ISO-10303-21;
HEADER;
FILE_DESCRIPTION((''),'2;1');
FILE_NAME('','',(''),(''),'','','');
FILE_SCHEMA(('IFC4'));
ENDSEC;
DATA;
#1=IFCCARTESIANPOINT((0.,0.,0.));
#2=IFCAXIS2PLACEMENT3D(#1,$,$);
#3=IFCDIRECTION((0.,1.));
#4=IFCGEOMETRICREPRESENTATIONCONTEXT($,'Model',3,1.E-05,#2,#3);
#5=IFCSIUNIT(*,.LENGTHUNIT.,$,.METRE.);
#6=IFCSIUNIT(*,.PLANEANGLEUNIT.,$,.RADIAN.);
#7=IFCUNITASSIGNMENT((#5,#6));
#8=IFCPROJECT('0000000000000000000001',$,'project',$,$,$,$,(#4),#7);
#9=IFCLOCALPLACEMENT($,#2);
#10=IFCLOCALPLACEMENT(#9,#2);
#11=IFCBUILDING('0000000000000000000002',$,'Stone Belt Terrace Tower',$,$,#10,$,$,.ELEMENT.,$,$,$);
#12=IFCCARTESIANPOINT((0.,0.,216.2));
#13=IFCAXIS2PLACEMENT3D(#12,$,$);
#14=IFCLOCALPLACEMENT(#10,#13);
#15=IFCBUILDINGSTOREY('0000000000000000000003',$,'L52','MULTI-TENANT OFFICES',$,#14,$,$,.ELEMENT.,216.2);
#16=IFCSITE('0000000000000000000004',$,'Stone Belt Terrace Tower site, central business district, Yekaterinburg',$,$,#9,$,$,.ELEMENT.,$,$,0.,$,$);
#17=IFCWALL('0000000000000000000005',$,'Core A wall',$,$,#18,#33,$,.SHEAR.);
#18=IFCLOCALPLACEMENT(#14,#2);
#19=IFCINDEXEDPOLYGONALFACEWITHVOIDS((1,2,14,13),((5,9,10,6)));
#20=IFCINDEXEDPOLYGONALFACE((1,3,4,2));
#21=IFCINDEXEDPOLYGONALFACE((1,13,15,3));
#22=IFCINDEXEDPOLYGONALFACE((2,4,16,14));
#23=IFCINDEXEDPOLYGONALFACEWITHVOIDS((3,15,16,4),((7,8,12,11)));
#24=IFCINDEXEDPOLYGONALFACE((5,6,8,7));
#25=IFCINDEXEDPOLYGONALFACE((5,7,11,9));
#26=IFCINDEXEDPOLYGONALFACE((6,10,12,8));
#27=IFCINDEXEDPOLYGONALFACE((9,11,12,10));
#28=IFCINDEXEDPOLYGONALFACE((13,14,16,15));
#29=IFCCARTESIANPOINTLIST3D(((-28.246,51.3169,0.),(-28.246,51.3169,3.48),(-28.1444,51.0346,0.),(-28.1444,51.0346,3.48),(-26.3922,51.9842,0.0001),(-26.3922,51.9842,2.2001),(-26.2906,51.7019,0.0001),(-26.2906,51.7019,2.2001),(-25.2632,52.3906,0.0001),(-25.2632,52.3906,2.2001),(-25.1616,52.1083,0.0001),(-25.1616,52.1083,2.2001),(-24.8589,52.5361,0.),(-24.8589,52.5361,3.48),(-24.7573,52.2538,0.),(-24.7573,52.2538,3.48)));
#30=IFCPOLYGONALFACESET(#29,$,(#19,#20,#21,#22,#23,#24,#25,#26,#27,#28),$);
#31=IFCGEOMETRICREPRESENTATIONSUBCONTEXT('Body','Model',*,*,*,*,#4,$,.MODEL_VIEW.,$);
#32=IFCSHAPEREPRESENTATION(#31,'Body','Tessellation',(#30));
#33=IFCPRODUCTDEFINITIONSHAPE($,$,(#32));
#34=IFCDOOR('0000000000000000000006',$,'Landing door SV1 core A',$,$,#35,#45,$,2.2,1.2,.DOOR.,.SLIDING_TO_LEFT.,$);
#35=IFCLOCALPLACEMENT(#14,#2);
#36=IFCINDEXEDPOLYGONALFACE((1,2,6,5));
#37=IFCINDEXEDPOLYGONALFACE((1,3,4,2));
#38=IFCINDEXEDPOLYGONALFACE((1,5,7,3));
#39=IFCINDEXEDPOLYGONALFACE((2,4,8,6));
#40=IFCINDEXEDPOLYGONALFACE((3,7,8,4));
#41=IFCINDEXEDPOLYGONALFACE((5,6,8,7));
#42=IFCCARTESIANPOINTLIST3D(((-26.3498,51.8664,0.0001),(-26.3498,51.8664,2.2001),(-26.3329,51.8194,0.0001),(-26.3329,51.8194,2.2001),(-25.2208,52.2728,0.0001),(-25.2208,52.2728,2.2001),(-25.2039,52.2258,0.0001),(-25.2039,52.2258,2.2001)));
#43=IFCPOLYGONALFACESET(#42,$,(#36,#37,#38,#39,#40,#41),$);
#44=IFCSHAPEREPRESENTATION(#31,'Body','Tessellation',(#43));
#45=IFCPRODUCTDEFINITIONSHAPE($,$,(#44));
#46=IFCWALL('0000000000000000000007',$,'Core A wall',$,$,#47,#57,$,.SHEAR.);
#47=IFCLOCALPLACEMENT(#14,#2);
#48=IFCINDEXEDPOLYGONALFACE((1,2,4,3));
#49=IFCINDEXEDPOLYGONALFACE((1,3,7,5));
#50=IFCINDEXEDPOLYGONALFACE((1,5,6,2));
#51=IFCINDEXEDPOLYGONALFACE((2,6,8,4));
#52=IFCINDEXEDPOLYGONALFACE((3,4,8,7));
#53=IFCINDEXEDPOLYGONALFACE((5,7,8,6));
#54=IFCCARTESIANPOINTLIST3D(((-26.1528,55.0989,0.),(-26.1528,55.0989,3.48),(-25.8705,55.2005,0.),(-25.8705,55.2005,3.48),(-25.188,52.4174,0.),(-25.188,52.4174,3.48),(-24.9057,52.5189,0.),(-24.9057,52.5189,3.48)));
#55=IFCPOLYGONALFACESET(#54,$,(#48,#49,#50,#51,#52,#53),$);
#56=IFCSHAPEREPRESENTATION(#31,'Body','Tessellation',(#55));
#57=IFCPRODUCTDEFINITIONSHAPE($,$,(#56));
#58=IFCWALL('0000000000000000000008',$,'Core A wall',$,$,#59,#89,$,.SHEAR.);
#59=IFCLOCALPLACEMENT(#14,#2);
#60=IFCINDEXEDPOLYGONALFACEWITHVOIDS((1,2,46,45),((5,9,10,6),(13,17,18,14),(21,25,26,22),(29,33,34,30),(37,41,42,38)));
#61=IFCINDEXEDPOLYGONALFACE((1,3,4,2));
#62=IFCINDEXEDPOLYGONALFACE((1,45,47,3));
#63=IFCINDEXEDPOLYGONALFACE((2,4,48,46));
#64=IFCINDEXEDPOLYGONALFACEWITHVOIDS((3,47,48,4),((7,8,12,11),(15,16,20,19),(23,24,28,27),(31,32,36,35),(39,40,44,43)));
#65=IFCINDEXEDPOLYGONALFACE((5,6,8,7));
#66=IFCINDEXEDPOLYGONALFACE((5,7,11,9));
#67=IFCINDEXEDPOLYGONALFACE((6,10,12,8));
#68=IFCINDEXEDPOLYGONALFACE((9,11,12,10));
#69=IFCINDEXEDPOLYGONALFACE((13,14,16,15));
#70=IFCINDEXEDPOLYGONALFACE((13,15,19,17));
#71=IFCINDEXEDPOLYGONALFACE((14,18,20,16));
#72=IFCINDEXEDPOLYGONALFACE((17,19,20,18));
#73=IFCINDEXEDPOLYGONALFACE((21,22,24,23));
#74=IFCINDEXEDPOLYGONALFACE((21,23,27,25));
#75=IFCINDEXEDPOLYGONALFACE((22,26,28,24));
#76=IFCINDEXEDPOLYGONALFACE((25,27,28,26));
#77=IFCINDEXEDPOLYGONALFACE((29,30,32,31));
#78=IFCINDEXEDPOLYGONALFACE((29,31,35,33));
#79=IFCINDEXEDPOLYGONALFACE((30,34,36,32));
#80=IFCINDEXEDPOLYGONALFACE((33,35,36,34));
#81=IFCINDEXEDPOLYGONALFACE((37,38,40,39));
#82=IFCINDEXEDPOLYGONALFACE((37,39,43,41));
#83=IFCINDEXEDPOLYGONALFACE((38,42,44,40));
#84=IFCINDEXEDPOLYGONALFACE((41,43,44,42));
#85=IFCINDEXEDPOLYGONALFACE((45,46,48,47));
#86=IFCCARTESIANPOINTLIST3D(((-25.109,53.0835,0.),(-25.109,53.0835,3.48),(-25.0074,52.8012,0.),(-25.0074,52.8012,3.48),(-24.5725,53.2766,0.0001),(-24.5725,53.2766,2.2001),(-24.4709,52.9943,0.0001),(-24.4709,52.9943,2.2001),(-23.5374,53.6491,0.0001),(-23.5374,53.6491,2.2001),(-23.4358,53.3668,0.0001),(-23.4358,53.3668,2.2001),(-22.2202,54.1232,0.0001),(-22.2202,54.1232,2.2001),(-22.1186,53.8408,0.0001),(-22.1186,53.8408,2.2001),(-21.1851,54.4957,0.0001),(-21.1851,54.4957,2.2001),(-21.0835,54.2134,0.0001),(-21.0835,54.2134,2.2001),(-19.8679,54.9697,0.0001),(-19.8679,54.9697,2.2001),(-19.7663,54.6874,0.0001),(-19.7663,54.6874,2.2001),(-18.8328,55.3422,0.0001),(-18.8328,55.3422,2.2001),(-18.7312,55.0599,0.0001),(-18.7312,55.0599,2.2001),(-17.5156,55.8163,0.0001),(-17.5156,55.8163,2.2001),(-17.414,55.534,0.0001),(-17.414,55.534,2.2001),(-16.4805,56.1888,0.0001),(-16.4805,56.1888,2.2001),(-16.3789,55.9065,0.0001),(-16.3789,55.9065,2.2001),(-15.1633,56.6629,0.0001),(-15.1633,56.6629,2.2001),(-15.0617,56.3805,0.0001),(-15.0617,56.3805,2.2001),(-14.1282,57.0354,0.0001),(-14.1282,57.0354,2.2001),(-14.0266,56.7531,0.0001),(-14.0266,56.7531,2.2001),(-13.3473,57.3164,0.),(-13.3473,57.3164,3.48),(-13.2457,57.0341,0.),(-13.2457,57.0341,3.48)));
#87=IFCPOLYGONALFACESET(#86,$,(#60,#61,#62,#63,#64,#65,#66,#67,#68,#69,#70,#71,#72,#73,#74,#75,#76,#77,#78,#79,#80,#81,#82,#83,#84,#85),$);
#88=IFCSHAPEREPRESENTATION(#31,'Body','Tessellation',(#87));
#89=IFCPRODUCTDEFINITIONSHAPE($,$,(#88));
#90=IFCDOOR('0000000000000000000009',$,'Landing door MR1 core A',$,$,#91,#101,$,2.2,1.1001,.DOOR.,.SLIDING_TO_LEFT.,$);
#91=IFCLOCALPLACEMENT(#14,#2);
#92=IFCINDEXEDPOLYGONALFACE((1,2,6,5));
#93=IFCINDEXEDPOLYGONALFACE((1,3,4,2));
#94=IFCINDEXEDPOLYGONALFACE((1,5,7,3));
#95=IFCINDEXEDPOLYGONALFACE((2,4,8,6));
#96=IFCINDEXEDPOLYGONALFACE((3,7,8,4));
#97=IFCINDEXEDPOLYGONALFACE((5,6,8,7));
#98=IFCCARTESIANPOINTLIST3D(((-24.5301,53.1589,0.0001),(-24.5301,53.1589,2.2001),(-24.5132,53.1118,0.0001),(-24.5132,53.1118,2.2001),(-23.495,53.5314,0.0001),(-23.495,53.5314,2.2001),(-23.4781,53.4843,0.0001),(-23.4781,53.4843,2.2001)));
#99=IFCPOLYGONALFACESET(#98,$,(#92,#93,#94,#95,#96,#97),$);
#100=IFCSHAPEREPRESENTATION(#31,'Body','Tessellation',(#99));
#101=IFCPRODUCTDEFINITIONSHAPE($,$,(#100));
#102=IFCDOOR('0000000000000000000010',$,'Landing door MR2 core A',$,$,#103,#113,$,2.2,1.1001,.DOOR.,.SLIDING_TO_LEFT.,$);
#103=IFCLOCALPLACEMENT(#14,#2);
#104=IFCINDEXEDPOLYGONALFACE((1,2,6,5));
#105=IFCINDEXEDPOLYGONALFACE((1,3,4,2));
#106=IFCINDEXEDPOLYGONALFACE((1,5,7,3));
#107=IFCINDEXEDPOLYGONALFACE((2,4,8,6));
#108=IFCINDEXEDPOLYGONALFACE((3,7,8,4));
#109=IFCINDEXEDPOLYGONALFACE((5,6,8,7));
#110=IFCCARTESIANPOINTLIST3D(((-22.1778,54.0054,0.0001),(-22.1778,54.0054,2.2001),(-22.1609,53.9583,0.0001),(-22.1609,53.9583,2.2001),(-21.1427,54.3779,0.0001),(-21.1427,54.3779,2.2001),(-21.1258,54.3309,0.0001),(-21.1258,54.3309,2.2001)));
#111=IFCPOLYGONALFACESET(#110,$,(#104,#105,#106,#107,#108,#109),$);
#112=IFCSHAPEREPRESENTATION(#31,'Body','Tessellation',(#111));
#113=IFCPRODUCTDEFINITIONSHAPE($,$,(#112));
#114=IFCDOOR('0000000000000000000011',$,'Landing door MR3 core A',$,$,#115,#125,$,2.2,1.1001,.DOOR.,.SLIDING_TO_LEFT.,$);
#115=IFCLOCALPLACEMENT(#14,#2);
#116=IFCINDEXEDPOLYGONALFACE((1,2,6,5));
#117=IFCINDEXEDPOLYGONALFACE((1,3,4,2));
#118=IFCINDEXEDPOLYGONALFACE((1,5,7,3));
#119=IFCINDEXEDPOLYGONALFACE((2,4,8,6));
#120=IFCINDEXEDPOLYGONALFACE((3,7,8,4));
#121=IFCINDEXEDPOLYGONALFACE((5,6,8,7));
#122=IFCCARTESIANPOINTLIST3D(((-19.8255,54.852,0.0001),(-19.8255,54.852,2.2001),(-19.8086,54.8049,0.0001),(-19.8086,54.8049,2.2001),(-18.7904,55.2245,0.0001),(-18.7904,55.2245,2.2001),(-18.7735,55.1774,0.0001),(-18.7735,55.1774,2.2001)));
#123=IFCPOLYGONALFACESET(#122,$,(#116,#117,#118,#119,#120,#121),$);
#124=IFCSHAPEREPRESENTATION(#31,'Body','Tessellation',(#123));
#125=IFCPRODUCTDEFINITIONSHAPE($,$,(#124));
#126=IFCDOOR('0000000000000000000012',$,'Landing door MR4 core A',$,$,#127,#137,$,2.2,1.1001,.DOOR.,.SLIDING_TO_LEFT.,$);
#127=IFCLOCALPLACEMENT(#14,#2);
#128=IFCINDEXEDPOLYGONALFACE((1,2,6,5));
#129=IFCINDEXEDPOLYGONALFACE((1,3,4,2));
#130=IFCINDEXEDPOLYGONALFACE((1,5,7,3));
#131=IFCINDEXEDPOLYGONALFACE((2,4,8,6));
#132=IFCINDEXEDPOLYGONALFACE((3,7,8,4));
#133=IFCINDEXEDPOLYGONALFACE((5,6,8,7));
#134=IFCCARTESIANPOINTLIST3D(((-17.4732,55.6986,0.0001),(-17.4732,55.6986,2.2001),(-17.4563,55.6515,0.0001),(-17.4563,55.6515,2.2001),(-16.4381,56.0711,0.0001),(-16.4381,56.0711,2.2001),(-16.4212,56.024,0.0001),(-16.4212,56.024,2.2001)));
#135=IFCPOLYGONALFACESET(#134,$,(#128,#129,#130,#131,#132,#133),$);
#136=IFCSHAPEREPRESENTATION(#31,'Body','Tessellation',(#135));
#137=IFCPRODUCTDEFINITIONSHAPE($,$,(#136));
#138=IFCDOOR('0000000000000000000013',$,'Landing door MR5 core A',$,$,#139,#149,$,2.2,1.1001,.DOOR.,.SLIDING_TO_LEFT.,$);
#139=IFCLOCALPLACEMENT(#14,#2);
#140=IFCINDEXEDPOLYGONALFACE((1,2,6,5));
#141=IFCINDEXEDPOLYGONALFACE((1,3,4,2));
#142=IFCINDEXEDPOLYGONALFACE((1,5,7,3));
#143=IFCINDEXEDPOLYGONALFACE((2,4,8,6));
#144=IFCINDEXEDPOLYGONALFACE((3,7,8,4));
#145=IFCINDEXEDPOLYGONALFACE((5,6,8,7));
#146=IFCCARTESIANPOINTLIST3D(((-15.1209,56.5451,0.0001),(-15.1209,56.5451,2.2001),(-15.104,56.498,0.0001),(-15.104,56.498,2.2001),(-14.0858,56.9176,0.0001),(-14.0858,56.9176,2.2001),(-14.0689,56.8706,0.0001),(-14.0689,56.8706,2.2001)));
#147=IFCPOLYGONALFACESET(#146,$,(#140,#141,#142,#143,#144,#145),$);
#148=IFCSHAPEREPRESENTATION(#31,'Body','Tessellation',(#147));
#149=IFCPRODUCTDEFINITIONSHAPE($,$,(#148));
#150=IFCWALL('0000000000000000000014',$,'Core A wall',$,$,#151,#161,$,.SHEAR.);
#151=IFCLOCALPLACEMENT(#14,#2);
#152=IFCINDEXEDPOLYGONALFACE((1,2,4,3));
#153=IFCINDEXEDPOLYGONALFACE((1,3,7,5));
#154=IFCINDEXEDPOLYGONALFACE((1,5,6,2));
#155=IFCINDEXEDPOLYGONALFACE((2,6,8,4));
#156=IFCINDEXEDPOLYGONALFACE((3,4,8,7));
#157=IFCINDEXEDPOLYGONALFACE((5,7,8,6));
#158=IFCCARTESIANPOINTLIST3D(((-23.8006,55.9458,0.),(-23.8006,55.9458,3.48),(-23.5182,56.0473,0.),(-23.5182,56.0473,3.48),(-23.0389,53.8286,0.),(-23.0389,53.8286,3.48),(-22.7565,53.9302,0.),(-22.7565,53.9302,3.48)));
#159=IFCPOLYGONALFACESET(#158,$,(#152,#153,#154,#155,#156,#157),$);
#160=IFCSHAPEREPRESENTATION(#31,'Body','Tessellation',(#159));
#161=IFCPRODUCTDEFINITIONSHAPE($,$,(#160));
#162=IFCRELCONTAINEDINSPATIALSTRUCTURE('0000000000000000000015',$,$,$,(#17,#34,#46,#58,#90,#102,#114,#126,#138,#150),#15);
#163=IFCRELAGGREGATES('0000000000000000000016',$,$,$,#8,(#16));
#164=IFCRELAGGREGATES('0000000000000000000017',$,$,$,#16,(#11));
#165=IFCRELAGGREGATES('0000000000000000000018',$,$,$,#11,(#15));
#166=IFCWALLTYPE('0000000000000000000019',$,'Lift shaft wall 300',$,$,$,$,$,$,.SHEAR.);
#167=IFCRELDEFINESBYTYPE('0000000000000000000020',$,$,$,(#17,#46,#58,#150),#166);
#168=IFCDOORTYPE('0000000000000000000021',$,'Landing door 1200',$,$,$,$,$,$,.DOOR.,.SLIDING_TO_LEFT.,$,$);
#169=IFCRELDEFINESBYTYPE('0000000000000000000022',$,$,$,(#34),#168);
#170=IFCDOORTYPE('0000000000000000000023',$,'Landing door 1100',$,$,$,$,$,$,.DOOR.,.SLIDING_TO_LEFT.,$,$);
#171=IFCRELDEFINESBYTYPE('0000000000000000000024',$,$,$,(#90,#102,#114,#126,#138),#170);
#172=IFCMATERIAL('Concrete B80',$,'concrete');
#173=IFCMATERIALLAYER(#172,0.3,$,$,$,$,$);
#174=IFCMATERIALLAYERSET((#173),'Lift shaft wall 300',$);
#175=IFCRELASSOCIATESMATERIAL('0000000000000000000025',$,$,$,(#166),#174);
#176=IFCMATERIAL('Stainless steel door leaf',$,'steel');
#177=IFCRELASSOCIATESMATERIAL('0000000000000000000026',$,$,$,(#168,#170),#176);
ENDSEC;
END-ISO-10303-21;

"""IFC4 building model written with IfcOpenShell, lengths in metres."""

from ifc_helpers import new_model, si_unit, direction, frame, frame_2d, origin, place, context, subcontext, project, spatial, rectangle, extrude, material, layer, layer_set, type_object, element, fill, save


model = new_model("IFC4")

# Units and contexts
model_context = context("Model", 3, precision=1e-05, world=origin(), true_north=direction((0.0, 1.0)))
body_context = subcontext(model_context, "Body", "Model", "MODEL_VIEW")
ifc_project = project(units=[si_unit("LENGTHUNIT", "METRE"), si_unit("PLANEANGLEUNIT", "RADIAN")], contexts=[model_context])

# Site, building, storey
site_placement = place(None, origin())
site = spatial("IfcSite", under=ifc_project, at=site_placement, Name="Stone Belt Terrace Tower site, central business district, Yekaterinburg", CompositionType="ELEMENT", RefElevation=0.0)
building_placement = place(site_placement, origin())
building = spatial("IfcBuilding", under=site, at=building_placement, Name="Stone Belt Terrace Tower", CompositionType="ELEMENT")
storey_placement = place(building_placement, frame((0.0, 0.0, 216.2)))
storey = spatial("IfcBuildingStorey", under=building, at=storey_placement, Name="L52", Description="MULTI-TENANT OFFICES", CompositionType="ELEMENT", Elevation=216.2)

# Shared definitions
ifc_material_1 = material(Name="Concrete B80", Category="concrete")

# Wall, opening, door
ifc_layer_1 = layer(ifc_material_1, 0.3)
ifc_layer_set_1 = layer_set([ifc_layer_1], Name="Lift shaft wall 300")
wall_type_1 = type_object("IfcWallType", Name="Lift shaft wall 300", PredefinedType="SHEAR", material=ifc_layer_set_1)
wall_1_placement = place(storey_placement, frame((-28.1951, 51.1758, 0.0), z_axis=(0.0, 0.0, 1.0), x_axis=(0.940901, 0.338681, 0.0)))
wall_1 = element("IfcWall", 1, at=wall_1_placement, inside=storey, type_object=wall_type_1, Name="Core A wall", PredefinedType="SHEAR", context=body_context, shape_type="SweptSolid", body=[
    extrude(rectangle(XDim=3.5999, YDim=0.3, at=frame_2d((1.7998, 0.0))), origin(), (0.0, 0.0, 1.0), 3.48),
])
opening_1_placement = place(wall_1_placement, frame((1.97, 0.0, 0.0)))
opening_1 = element("IfcOpeningElement", 2, at=opening_1_placement, cuts=wall_1, PredefinedType="OPENING", context=body_context, shape_type="SweptSolid", body=[
    extrude(rectangle(XDim=1.2, YDim=2.2, at=frame_2d((0.6001, 1.1001))), frame((0.0, 0.1599, 0.0), z_axis=(0.0, -1.0, 0.0), x_axis=(1.0, 0.0, 0.0)), (0.0, 0.0, 1.0), 0.3201),
])
ifc_material_2 = material(Name="Stainless steel door leaf", Category="steel")
door_type_1 = type_object("IfcDoorType", Name="Landing door 1200", OperationType="SLIDING_TO_LEFT", PredefinedType="DOOR", material=ifc_material_2)
door_1_placement = place(opening_1_placement, origin())
door_1 = element("IfcDoor", 3, at=door_1_placement, inside=storey, type_object=door_type_1, Name="Landing door SV1 core A", OperationType="SLIDING_TO_LEFT", OverallHeight=2.2, OverallWidth=1.2, PredefinedType="DOOR", context=body_context, shape_type="SweptSolid", body=[
    extrude(rectangle(XDim=1.2, YDim=2.2, at=frame_2d((0.6001, 1.1001))), frame((0.0, 0.0249, 0.0), z_axis=(0.0, -1.0, 0.0), x_axis=(1.0, 0.0, 0.0)), (0.0, 0.0, 1.0), 0.05),
])
fill(opening_1, door_1)

# Wall
wall_2_placement = place(storey_placement, frame((-25.0469, 52.4683, 0.0), z_axis=(0.0, 0.0, 1.0), x_axis=(-0.33855, 0.940949, 0.0)))
element("IfcWall", 4, at=wall_2_placement, inside=storey, type_object=wall_type_1, Name="Core A wall", PredefinedType="SHEAR", context=body_context, shape_type="SweptSolid", body=[
    extrude(rectangle(XDim=2.8499, YDim=0.3, at=frame_2d((1.4248, 0.0))), origin(), (0.0, 0.0, 1.0), 3.48),
])

# Wall, openings, doors
wall_3_placement = place(storey_placement, frame((-25.0581, 52.9424, 0.0), z_axis=(0.0, 0.0, 1.0), x_axis=(0.940921, 0.338627, 0.0)))
wall_3 = element("IfcWall", 5, at=wall_3_placement, inside=storey, type_object=wall_type_1, Name="Core A wall", PredefinedType="SHEAR", context=body_context, shape_type="SweptSolid", body=[
    extrude(rectangle(XDim=12.5002, YDim=0.3, at=frame_2d((6.25, 0.0))), origin(), (0.0, 0.0, 1.0), 3.48),
])
opening_2_placement = place(wall_3_placement, frame((0.5701, 0.0, 0.0)))
opening_2 = element("IfcOpeningElement", 6, at=opening_2_placement, cuts=wall_3, PredefinedType="OPENING", context=body_context, shape_type="SweptSolid", body=[
    extrude(rectangle(XDim=1.1001, YDim=2.2, at=frame_2d((0.55, 1.1001))), frame((0.0, 0.1599, 0.0), z_axis=(0.0, -1.0, 0.0), x_axis=(1.0, 0.0, 0.0)), (0.0, 0.0, 1.0), 0.3201),
])
opening_3_placement = place(wall_3_placement, frame((3.0701, 0.0, 0.0)))
opening_3 = element("IfcOpeningElement", 7, at=opening_3_placement, cuts=wall_3, PredefinedType="OPENING", context=body_context, shape_type="SweptSolid", body=[
    extrude(rectangle(XDim=1.1001, YDim=2.2, at=frame_2d((0.55, 1.1001))), frame((0.0, 0.1599, 0.0), z_axis=(0.0, -1.0, 0.0), x_axis=(1.0, 0.0, 0.0)), (0.0, 0.0, 1.0), 0.3201),
])
opening_4_placement = place(wall_3_placement, frame((5.5701, 0.0, 0.0)))
opening_4 = element("IfcOpeningElement", 8, at=opening_4_placement, cuts=wall_3, PredefinedType="OPENING", context=body_context, shape_type="SweptSolid", body=[
    extrude(rectangle(XDim=1.1001, YDim=2.2, at=frame_2d((0.55, 1.1001))), frame((0.0, 0.1599, 0.0), z_axis=(0.0, -1.0, 0.0), x_axis=(1.0, 0.0, 0.0)), (0.0, 0.0, 1.0), 0.3201),
])
opening_5_placement = place(wall_3_placement, frame((8.0701, 0.0, 0.0)))
opening_5 = element("IfcOpeningElement", 9, at=opening_5_placement, cuts=wall_3, PredefinedType="OPENING", context=body_context, shape_type="SweptSolid", body=[
    extrude(rectangle(XDim=1.1001, YDim=2.2, at=frame_2d((0.55, 1.1001))), frame((0.0, 0.1599, 0.0), z_axis=(0.0, -1.0, 0.0), x_axis=(1.0, 0.0, 0.0)), (0.0, 0.0, 1.0), 0.3201),
])
opening_6_placement = place(wall_3_placement, frame((10.5701, 0.0, 0.0)))
opening_6 = element("IfcOpeningElement", 10, at=opening_6_placement, cuts=wall_3, PredefinedType="OPENING", context=body_context, shape_type="SweptSolid", body=[
    extrude(rectangle(XDim=1.1001, YDim=2.2, at=frame_2d((0.55, 1.1001))), frame((0.0, 0.1599, 0.0), z_axis=(0.0, -1.0, 0.0), x_axis=(1.0, 0.0, 0.0)), (0.0, 0.0, 1.0), 0.3201),
])
door_type_2 = type_object("IfcDoorType", Name="Landing door 1100", OperationType="SLIDING_TO_LEFT", PredefinedType="DOOR", material=ifc_material_2)
door_2_placement = place(opening_2_placement, origin())
door_2 = element("IfcDoor", 11, at=door_2_placement, inside=storey, type_object=door_type_2, Name="Landing door MR1 core A", OperationType="SLIDING_TO_LEFT", OverallHeight=2.2, OverallWidth=1.1001, PredefinedType="DOOR", context=body_context, shape_type="SweptSolid", body=[
    extrude(rectangle(XDim=1.1001, YDim=2.2, at=frame_2d((0.55, 1.1001))), frame((0.0, 0.0249, 0.0), z_axis=(0.0, -1.0, 0.0), x_axis=(1.0, 0.0, 0.0)), (0.0, 0.0, 1.0), 0.05),
])
fill(opening_2, door_2)
door_3_placement = place(opening_3_placement, origin())
door_3 = element("IfcDoor", 12, at=door_3_placement, inside=storey, type_object=door_type_2, Name="Landing door MR2 core A", OperationType="SLIDING_TO_LEFT", OverallHeight=2.2, OverallWidth=1.1001, PredefinedType="DOOR", context=body_context, shape_type="SweptSolid", body=[
    extrude(rectangle(XDim=1.1001, YDim=2.2, at=frame_2d((0.55, 1.1001))), frame((0.0, 0.0249, 0.0), z_axis=(0.0, -1.0, 0.0), x_axis=(1.0, 0.0, 0.0)), (0.0, 0.0, 1.0), 0.05),
])
fill(opening_3, door_3)
door_4_placement = place(opening_4_placement, origin())
door_4 = element("IfcDoor", 13, at=door_4_placement, inside=storey, type_object=door_type_2, Name="Landing door MR3 core A", OperationType="SLIDING_TO_LEFT", OverallHeight=2.2, OverallWidth=1.1001, PredefinedType="DOOR", context=body_context, shape_type="SweptSolid", body=[
    extrude(rectangle(XDim=1.1001, YDim=2.2, at=frame_2d((0.55, 1.1001))), frame((0.0, 0.0249, 0.0), z_axis=(0.0, -1.0, 0.0), x_axis=(1.0, 0.0, 0.0)), (0.0, 0.0, 1.0), 0.05),
])
fill(opening_4, door_4)
door_5_placement = place(opening_5_placement, origin())
door_5 = element("IfcDoor", 14, at=door_5_placement, inside=storey, type_object=door_type_2, Name="Landing door MR4 core A", OperationType="SLIDING_TO_LEFT", OverallHeight=2.2, OverallWidth=1.1001, PredefinedType="DOOR", context=body_context, shape_type="SweptSolid", body=[
    extrude(rectangle(XDim=1.1001, YDim=2.2, at=frame_2d((0.55, 1.1001))), frame((0.0, 0.0249, 0.0), z_axis=(0.0, -1.0, 0.0), x_axis=(1.0, 0.0, 0.0)), (0.0, 0.0, 1.0), 0.05),
])
fill(opening_5, door_5)
door_6_placement = place(opening_6_placement, origin())
door_6 = element("IfcDoor", 15, at=door_6_placement, inside=storey, type_object=door_type_2, Name="Landing door MR5 core A", OperationType="SLIDING_TO_LEFT", OverallHeight=2.2, OverallWidth=1.1001, PredefinedType="DOOR", context=body_context, shape_type="SweptSolid", body=[
    extrude(rectangle(XDim=1.1001, YDim=2.2, at=frame_2d((0.55, 1.1001))), frame((0.0, 0.0249, 0.0), z_axis=(0.0, -1.0, 0.0), x_axis=(1.0, 0.0, 0.0)), (0.0, 0.0, 1.0), 0.05),
])
fill(opening_6, door_6)

# Wall
wall_4_placement = place(storey_placement, frame((-22.8977, 53.8794, 0.0), z_axis=(0.0, 0.0, 1.0), x_axis=(-0.338535, 0.940954, 0.0)))
element("IfcWall", 16, at=wall_4_placement, inside=storey, type_object=wall_type_1, Name="Core A wall", PredefinedType="SHEAR", context=body_context, shape_type="SweptSolid", body=[
    extrude(rectangle(XDim=2.25, YDim=0.3, at=frame_2d((1.125, 0.0))), origin(), (0.0, 0.0, 1.0), 3.48),
])

save(model, "model.ifc")
